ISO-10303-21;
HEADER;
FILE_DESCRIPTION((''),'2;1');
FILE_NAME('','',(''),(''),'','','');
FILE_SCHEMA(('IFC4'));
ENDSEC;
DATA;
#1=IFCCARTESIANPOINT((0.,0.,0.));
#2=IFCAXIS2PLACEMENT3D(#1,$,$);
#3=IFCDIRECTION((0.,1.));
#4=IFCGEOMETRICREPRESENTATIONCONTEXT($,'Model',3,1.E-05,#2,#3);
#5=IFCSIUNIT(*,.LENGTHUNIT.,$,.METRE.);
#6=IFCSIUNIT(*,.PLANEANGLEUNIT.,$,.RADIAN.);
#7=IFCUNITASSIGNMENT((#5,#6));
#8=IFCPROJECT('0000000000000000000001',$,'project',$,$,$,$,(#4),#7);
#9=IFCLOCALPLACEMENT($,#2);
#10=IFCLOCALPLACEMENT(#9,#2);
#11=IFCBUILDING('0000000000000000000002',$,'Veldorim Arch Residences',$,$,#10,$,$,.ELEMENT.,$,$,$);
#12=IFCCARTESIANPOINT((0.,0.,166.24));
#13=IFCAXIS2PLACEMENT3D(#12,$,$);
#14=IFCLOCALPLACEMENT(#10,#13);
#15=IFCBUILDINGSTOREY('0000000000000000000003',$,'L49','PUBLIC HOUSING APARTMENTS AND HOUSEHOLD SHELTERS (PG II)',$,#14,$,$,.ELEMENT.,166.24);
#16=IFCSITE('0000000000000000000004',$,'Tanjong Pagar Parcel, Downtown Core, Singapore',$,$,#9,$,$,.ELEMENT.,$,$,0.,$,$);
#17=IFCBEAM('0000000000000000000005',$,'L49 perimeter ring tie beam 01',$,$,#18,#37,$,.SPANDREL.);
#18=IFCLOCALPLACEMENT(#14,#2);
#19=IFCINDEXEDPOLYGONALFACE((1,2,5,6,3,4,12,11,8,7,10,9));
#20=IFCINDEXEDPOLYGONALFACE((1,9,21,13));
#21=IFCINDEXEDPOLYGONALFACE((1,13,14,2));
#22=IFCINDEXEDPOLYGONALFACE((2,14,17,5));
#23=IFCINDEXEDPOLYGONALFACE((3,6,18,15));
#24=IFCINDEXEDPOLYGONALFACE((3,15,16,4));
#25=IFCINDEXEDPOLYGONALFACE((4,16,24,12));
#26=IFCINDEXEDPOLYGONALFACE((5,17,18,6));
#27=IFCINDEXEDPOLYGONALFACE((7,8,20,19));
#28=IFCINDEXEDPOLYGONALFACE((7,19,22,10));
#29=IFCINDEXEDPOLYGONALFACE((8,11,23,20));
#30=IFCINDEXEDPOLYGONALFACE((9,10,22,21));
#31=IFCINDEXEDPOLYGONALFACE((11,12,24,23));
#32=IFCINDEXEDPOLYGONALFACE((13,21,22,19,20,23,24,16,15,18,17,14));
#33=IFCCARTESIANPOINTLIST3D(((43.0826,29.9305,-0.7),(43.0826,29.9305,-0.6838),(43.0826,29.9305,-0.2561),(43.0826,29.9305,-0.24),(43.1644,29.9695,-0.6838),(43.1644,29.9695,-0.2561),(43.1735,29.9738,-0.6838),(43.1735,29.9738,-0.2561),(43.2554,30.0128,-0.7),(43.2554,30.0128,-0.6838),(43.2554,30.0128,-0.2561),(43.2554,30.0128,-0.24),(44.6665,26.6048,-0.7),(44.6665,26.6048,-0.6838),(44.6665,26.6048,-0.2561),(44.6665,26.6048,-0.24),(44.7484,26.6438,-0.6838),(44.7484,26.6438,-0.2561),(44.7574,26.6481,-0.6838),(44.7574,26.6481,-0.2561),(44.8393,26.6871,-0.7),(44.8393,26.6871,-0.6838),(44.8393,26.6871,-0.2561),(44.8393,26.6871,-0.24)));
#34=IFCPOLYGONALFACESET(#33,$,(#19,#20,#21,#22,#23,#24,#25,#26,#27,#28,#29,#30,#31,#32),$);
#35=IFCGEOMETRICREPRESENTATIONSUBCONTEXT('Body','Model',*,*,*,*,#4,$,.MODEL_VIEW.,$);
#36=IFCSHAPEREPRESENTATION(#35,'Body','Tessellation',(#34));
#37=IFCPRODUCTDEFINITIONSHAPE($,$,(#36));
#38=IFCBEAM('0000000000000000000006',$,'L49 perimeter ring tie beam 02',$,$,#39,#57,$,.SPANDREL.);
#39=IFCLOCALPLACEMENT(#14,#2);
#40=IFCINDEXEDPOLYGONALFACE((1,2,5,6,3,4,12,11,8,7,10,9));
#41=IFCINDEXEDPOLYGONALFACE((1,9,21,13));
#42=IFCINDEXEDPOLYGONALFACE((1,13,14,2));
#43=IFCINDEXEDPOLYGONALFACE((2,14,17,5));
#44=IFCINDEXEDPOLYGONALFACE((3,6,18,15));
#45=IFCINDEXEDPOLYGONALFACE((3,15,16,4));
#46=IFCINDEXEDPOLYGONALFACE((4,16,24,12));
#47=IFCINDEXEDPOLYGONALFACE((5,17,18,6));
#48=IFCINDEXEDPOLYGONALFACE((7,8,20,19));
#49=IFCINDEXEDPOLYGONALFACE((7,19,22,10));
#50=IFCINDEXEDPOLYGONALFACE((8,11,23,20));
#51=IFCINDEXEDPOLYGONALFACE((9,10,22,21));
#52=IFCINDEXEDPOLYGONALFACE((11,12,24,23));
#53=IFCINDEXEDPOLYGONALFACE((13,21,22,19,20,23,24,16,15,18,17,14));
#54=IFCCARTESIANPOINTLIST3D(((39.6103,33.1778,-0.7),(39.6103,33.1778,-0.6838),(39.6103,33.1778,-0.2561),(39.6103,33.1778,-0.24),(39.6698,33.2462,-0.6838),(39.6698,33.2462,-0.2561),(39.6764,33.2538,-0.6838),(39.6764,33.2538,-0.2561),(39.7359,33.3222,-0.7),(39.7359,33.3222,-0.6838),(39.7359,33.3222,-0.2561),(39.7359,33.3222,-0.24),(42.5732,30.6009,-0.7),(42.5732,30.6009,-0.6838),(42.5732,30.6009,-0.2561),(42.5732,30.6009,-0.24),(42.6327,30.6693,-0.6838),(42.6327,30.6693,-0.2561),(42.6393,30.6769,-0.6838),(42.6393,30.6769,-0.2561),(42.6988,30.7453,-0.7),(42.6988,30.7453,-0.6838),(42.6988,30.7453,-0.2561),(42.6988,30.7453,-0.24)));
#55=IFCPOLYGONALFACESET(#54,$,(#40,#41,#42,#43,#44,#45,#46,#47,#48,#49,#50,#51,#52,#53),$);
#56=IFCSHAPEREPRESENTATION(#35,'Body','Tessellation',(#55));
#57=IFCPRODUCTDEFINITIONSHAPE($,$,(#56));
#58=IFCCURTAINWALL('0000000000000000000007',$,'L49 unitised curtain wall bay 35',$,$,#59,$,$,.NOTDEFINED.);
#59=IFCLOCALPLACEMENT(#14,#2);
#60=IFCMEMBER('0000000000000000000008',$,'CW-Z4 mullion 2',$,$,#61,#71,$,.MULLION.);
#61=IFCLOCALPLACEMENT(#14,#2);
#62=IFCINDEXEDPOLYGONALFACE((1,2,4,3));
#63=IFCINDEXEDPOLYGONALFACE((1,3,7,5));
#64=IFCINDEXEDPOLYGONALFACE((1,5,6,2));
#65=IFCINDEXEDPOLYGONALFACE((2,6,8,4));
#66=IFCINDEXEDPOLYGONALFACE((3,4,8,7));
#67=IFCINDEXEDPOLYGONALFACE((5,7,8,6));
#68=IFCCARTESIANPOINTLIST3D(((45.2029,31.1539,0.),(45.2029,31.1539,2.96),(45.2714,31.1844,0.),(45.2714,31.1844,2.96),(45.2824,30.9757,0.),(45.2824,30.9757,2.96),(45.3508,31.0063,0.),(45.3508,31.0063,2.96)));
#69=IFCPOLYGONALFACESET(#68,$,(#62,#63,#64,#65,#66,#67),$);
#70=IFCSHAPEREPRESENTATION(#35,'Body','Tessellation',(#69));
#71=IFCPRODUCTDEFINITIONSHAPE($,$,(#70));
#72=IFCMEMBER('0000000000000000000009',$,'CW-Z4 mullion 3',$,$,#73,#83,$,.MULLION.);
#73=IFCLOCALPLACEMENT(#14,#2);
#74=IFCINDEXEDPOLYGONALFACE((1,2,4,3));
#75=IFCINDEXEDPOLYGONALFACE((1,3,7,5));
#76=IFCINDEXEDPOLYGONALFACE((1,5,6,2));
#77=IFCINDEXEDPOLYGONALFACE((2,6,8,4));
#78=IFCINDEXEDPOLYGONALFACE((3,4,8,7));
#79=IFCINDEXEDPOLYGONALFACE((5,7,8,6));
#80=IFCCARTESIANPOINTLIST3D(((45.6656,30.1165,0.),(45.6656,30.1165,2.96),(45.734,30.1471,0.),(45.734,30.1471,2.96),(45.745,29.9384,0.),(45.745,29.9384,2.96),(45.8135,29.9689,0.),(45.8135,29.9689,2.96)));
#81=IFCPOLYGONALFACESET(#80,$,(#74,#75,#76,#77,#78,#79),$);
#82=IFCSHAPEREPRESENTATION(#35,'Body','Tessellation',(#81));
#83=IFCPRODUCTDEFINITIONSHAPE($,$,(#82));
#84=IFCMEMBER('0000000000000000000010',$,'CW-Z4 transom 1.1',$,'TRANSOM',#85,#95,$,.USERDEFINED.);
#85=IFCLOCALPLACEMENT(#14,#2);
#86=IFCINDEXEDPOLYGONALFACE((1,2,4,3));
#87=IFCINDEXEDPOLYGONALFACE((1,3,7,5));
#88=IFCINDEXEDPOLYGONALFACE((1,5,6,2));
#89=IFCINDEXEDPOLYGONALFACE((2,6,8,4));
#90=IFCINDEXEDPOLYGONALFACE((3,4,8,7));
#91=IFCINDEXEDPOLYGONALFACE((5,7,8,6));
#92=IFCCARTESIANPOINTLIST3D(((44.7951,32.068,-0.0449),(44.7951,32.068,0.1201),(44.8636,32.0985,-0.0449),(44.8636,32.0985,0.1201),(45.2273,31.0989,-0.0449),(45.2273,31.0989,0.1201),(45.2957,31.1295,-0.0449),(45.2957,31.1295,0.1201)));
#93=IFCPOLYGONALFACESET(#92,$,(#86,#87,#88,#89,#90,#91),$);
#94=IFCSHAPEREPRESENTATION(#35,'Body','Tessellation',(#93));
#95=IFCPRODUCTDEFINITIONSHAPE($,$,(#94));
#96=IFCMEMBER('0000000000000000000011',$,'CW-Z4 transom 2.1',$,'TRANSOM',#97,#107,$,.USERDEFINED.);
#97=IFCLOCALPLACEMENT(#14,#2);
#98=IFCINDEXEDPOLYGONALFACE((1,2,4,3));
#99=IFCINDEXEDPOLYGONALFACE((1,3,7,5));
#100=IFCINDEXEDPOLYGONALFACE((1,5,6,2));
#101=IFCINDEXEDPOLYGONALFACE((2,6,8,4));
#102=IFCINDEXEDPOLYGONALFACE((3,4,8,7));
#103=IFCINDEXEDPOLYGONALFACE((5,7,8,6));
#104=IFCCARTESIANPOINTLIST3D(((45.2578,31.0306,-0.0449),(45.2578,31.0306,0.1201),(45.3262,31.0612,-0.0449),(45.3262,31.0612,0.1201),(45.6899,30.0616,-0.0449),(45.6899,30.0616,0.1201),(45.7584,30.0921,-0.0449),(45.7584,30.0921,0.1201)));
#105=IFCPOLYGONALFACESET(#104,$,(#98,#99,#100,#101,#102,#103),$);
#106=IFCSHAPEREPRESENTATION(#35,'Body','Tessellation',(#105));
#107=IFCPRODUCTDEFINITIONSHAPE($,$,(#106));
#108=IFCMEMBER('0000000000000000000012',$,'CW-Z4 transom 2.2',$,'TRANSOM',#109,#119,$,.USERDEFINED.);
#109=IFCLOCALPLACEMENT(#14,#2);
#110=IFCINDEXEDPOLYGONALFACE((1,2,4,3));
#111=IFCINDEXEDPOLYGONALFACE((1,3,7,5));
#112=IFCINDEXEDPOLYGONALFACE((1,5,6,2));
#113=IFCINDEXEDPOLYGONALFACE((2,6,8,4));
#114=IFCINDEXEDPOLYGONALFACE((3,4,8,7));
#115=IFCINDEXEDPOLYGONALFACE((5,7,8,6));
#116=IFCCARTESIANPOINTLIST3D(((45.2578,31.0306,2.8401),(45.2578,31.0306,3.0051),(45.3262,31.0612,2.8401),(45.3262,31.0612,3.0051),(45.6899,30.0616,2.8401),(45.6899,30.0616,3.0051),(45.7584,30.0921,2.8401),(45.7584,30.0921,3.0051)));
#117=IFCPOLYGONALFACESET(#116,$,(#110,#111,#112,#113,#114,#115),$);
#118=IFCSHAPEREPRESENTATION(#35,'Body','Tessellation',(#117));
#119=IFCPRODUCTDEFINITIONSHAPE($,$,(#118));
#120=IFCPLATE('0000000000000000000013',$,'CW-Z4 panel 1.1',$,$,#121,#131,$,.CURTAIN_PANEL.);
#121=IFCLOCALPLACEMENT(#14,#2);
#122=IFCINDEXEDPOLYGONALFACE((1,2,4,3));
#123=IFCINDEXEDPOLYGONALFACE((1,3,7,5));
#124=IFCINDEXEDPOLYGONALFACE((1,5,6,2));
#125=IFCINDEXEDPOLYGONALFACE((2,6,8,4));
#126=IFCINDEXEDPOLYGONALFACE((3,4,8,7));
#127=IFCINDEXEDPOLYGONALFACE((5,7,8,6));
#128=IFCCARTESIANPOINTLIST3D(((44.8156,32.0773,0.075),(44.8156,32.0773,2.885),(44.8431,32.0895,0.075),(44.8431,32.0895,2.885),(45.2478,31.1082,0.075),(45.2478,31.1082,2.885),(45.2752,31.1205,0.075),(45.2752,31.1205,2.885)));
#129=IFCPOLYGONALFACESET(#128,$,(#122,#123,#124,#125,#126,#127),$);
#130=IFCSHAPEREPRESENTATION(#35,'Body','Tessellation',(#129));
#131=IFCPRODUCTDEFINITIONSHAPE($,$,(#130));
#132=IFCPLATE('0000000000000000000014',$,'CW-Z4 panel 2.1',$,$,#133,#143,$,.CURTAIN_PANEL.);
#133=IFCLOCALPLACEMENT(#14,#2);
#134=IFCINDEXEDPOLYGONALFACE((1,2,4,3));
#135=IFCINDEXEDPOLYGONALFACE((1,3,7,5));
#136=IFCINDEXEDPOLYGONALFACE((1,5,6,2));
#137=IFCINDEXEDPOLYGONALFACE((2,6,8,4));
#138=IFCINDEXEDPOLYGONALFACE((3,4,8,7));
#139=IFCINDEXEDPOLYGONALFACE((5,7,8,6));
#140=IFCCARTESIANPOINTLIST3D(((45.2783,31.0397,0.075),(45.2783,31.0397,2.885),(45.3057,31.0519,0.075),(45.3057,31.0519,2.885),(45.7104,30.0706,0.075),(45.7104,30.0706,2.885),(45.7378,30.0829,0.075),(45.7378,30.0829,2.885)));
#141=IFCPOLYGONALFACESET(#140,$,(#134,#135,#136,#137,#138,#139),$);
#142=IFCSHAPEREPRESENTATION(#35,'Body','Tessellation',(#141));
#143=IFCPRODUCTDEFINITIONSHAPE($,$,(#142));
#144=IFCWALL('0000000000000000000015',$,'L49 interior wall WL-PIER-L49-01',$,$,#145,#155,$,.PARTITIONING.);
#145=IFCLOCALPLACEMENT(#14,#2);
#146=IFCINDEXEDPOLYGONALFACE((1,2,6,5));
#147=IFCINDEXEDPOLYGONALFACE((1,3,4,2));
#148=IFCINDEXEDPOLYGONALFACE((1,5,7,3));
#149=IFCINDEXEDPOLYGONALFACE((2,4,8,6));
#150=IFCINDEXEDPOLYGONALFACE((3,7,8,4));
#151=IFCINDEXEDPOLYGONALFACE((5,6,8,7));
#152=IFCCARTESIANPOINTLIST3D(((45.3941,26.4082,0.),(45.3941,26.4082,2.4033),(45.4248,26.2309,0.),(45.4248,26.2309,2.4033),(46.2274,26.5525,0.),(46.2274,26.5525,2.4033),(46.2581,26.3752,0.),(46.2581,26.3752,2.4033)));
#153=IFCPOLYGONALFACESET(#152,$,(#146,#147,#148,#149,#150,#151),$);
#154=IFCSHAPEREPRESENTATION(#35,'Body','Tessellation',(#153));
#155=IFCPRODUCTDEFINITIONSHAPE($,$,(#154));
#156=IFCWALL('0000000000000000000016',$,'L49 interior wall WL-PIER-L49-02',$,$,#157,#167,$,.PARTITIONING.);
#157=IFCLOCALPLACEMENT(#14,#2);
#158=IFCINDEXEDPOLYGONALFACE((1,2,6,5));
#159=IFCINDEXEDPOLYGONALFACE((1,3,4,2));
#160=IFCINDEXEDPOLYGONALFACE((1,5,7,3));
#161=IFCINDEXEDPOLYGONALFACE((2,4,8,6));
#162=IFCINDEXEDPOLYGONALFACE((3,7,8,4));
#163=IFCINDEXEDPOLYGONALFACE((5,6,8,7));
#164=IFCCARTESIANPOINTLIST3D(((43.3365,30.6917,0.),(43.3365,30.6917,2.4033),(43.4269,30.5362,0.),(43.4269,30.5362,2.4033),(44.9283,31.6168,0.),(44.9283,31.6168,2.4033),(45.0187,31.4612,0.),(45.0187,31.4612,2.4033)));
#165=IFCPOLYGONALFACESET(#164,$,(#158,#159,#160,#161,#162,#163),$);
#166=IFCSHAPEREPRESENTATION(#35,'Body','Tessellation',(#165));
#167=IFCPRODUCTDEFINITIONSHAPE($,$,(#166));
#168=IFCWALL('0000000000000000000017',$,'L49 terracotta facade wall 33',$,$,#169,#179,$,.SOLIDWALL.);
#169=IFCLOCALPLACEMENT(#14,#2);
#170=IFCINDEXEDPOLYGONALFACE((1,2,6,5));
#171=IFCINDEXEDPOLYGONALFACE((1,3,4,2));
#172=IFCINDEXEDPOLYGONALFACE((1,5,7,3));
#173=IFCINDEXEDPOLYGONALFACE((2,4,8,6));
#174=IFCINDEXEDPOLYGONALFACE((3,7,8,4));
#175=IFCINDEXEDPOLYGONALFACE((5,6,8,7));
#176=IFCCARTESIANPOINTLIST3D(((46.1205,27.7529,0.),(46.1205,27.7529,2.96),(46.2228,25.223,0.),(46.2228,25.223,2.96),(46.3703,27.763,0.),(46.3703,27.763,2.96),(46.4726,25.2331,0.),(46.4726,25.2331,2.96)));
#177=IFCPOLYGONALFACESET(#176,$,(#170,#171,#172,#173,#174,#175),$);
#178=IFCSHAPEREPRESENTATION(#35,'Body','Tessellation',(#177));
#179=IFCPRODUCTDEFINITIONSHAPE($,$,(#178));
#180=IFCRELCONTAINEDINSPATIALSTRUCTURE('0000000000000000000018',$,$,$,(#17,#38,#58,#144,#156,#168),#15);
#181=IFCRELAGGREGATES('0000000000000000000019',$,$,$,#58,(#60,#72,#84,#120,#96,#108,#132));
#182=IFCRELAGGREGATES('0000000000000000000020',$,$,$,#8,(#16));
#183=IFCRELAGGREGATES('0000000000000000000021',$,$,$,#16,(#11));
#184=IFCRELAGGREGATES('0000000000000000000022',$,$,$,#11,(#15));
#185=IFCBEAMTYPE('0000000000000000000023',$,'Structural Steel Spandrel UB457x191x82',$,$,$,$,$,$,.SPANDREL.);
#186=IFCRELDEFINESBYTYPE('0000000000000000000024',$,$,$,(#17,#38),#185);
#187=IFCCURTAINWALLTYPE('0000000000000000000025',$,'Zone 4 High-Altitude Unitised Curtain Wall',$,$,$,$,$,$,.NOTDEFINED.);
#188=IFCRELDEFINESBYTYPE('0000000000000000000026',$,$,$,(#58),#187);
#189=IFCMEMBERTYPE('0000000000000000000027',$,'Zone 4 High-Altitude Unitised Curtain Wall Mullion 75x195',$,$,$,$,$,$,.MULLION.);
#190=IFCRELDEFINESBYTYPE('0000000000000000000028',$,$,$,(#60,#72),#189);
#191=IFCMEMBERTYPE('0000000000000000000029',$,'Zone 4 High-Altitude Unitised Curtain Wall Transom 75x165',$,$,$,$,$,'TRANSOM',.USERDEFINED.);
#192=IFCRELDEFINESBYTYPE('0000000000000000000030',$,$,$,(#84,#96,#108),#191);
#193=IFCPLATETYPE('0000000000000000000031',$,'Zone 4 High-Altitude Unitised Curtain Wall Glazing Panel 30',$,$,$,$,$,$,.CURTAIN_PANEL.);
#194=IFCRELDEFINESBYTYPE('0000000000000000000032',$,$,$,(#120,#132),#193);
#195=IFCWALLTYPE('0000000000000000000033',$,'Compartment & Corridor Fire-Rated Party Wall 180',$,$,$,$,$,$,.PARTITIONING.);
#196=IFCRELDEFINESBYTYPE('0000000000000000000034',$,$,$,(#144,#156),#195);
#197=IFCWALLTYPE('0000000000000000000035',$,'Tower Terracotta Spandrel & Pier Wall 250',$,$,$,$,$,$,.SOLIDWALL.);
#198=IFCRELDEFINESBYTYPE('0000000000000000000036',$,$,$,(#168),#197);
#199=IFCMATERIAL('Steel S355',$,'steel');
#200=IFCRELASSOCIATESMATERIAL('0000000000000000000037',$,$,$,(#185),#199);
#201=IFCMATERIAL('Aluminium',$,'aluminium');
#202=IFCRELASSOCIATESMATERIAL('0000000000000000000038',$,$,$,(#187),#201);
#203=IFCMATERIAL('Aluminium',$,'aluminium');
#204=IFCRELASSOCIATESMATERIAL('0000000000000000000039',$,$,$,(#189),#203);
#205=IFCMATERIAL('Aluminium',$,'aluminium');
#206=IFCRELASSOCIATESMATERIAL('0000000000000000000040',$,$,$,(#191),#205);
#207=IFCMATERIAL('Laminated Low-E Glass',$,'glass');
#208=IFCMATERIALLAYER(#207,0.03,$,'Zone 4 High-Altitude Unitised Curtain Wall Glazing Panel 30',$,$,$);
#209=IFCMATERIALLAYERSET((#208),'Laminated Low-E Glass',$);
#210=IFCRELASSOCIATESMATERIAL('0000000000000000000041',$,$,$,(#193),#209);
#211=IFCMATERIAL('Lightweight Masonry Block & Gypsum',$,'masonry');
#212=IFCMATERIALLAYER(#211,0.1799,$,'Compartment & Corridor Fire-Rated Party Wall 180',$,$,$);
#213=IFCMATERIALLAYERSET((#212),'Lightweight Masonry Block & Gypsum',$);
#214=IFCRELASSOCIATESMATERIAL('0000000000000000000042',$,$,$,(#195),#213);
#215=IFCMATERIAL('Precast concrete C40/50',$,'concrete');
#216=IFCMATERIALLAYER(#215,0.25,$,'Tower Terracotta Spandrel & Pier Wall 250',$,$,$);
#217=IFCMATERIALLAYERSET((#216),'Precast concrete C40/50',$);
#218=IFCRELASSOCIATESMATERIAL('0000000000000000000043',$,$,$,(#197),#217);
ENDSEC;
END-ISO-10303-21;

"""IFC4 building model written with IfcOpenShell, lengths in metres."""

from ifc_helpers import new_model, si_unit, direction, frame, frame_2d, origin, origin_2d, place, context, subcontext, project, spatial, rectangle, i_section, extrude, material, layer, layer_set, material_profile, profile_set, type_object, element, aggregate, save


model = new_model("IFC4")

# Units and contexts
model_context = context("Model", 3, precision=1e-05, world=origin(), true_north=direction((0.0, 1.0)))
body_context = subcontext(model_context, "Body", "Model", "MODEL_VIEW")
ifc_project = project(units=[si_unit("LENGTHUNIT", "METRE"), si_unit("PLANEANGLEUNIT", "RADIAN")], contexts=[model_context])

# Site, building, storey
site_placement = place(None, origin())
site = spatial("IfcSite", under=ifc_project, at=site_placement, Name="Tanjong Pagar Parcel, Downtown Core, Singapore", CompositionType="ELEMENT", RefElevation=0.0)
building_placement = place(site_placement, origin())
building = spatial("IfcBuilding", under=site, at=building_placement, Name="Veldorim Arch Residences", CompositionType="ELEMENT")
storey_placement = place(building_placement, frame((0.0, 0.0, 166.24)))
storey = spatial("IfcBuildingStorey", under=building, at=storey_placement, Name="L49", Description="PUBLIC HOUSING APARTMENTS AND HOUSEHOLD SHELTERS (PG II)", CompositionType="ELEMENT", Elevation=166.24)

# Beams
ifc_material_1 = material(Name="Steel S355", Category="steel")
ifc_material_profile_1 = material_profile(ifc_material_1, i_section(OverallWidth=0.1914, OverallDepth=0.46, WebThickness=0.01, FlangeThickness=0.0161, at=origin_2d()), Name="UB457x191x82")
ifc_profile_set_1 = profile_set([ifc_material_profile_1], Name="Steel S355")
beam_type_1 = type_object("IfcBeamType", Name="Structural Steel Spandrel UB457x191x82", PredefinedType="SPANDREL", material=ifc_profile_set_1)
beam_1_placement = place(storey_placement, frame((44.7529, 26.646, -0.47), z_axis=(-0.430006, 0.902826, 0.0), x_axis=(-0.902826, -0.430006, 0.0)))
element("IfcBeam", 1, at=beam_1_placement, inside=storey, type_object=beam_type_1, Name="L49 perimeter ring tie beam 01", PredefinedType="SPANDREL", context=body_context, shape_type="SweptSolid", body=[
    extrude(i_section(OverallWidth=0.1914, OverallDepth=0.46, WebThickness=0.01, FlangeThickness=0.0161, at=origin_2d()), origin(), (0.0, 0.0, 1.0), 3.6836),
])
beam_2_placement = place(storey_placement, frame((42.636, 30.6731, -0.47), z_axis=(-0.754545, 0.656248, 0.0), x_axis=(-0.656248, -0.754545, 0.0)))
element("IfcBeam", 2, at=beam_2_placement, inside=storey, type_object=beam_type_1, Name="L49 perimeter ring tie beam 02", PredefinedType="SPANDREL", context=body_context, shape_type="SweptSolid", body=[
    extrude(i_section(OverallWidth=0.1914, OverallDepth=0.46, WebThickness=0.01, FlangeThickness=0.0161, at=origin_2d()), origin(), (0.0, 0.0, 1.0), 3.9268),
])

# Curtain wall, members, plates
ifc_material_2 = material(Name="Aluminium", Category="aluminium")
curtain_wall_type = type_object("IfcCurtainWallType", Name="Zone 4 High-Altitude Unitised Curtain Wall", PredefinedType="NOTDEFINED", material=ifc_material_2)
curtain_wall_placement = place(storey_placement, origin())
curtain_wall = element("IfcCurtainWall", 3, at=curtain_wall_placement, inside=storey, type_object=curtain_wall_type, Name="L49 unitised curtain wall bay 35", PredefinedType="NOTDEFINED")
ifc_material_3 = material(Name="Aluminium", Category="aluminium")
ifc_material_profile_2 = material_profile(ifc_material_3, rectangle(XDim=0.075, YDim=0.1951, at=origin_2d()), Name="ALU_MUL_75x195")
ifc_profile_set_2 = profile_set([ifc_material_profile_2], Name="Aluminium")
member_type_1 = type_object("IfcMemberType", Name="Zone 4 High-Altitude Unitised Curtain Wall Mullion 75x195", PredefinedType="MULLION", material=ifc_profile_set_2)
member_1_placement = place(storey_placement, frame((45.2769, 31.0801, 0.0), z_axis=(0.0, 0.0, 1.0), x_axis=(0.913308, 0.407269, 0.0)))
member_1 = element("IfcMember", 4, at=member_1_placement, type_object=member_type_1, Name="CW-Z4 mullion 2", PredefinedType="MULLION", context=body_context, shape_type="SweptSolid", body=[
    extrude(rectangle(XDim=0.075, YDim=0.1951, at=origin_2d()), origin(), (0.0, 0.0, 1.0), 2.96),
])
member_2_placement = place(storey_placement, frame((45.7395, 30.0427, 0.0), z_axis=(0.0, 0.0, 1.0), x_axis=(0.913308, 0.407269, 0.0)))
member_2 = element("IfcMember", 5, at=member_2_placement, type_object=member_type_1, Name="CW-Z4 mullion 3", PredefinedType="MULLION", context=body_context, shape_type="SweptSolid", body=[
    extrude(rectangle(XDim=0.075, YDim=0.1951, at=origin_2d()), origin(), (0.0, 0.0, 1.0), 2.96),
])
ifc_material_4 = material(Name="Aluminium", Category="aluminium")
ifc_material_profile_3 = material_profile(ifc_material_4, rectangle(XDim=0.075, YDim=0.165, at=origin_2d()), Name="ALU_TRN_75x165")
ifc_profile_set_3 = profile_set([ifc_material_profile_3], Name="Aluminium")
member_type_2 = type_object("IfcMemberType", Name="Zone 4 High-Altitude Unitised Curtain Wall Transom 75x165", ElementType="TRANSOM", PredefinedType="USERDEFINED", material=ifc_profile_set_3)
member_3_placement = place(storey_placement, frame((44.8293, 32.0833, 0.0376), z_axis=(0.407291, -0.913298, 0.0), x_axis=(0.913298, 0.407291, 0.0)))
member_3 = element("IfcMember", 6, at=member_3_placement, type_object=member_type_2, Name="CW-Z4 transom 1.1", ObjectType="TRANSOM", PredefinedType="USERDEFINED", context=body_context, shape_type="SweptSolid", body=[
    extrude(rectangle(XDim=0.075, YDim=0.165, at=origin_2d()), origin(), (0.0, 0.0, 1.0), 1.061),
])
member_4_placement = place(storey_placement, frame((45.292, 31.0459, 0.0376), z_axis=(0.407291, -0.913298, 0.0), x_axis=(0.913298, 0.407291, 0.0)))
member_4 = element("IfcMember", 7, at=member_4_placement, type_object=member_type_2, Name="CW-Z4 transom 2.1", ObjectType="TRANSOM", PredefinedType="USERDEFINED", context=body_context, shape_type="SweptSolid", body=[
    extrude(rectangle(XDim=0.075, YDim=0.165, at=origin_2d()), origin(), (0.0, 0.0, 1.0), 1.061),
])
member_5_placement = place(storey_placement, frame((45.292, 31.0459, 2.9226), z_axis=(0.407291, -0.913298, 0.0), x_axis=(0.913298, 0.407291, 0.0)))
member_5 = element("IfcMember", 8, at=member_5_placement, type_object=member_type_2, Name="CW-Z4 transom 2.2", ObjectType="TRANSOM", PredefinedType="USERDEFINED", context=body_context, shape_type="SweptSolid", body=[
    extrude(rectangle(XDim=0.075, YDim=0.165, at=origin_2d()), origin(), (0.0, 0.0, 1.0), 1.061),
])
ifc_material_5 = material(Name="Laminated Low-E Glass", Category="glass")
ifc_layer_1 = layer(ifc_material_5, 0.03, Name="Zone 4 High-Altitude Unitised Curtain Wall Glazing Panel 30")
ifc_layer_set_1 = layer_set([ifc_layer_1], Name="Laminated Low-E Glass")
plate_type = type_object("IfcPlateType", Name="Zone 4 High-Altitude Unitised Curtain Wall Glazing Panel 30", PredefinedType="CURTAIN_PANEL", material=ifc_layer_set_1)
plate_1_placement = place(storey_placement, frame((45.0454, 31.5989, 0.075), z_axis=(0.0, 0.0, 1.0), x_axis=(0.407269, -0.913308, 0.0)))
plate_1 = element("IfcPlate", 9, at=plate_1_placement, type_object=plate_type, Name="CW-Z4 panel 1.1", PredefinedType="CURTAIN_PANEL", context=body_context, shape_type="SweptSolid", body=[
    extrude(rectangle(XDim=1.061, YDim=0.03, at=origin_2d()), origin(), (0.0, 0.0, 1.0), 2.8101),
])
plate_2_placement = place(storey_placement, frame((45.5081, 30.5613, 0.075), z_axis=(0.0, 0.0, 1.0), x_axis=(0.407269, -0.913308, 0.0)))
plate_2 = element("IfcPlate", 10, at=plate_2_placement, type_object=plate_type, Name="CW-Z4 panel 2.1", PredefinedType="CURTAIN_PANEL", context=body_context, shape_type="SweptSolid", body=[
    extrude(rectangle(XDim=1.061, YDim=0.03, at=origin_2d()), origin(), (0.0, 0.0, 1.0), 2.8101),
])
aggregate(curtain_wall, [member_1, member_2, member_3, plate_1, member_4, member_5, plate_2])

# Walls
ifc_material_6 = material(Name="Lightweight Masonry Block & Gypsum", Category="masonry")
ifc_layer_2 = layer(ifc_material_6, 0.1799, Name="Compartment & Corridor Fire-Rated Party Wall 180")
ifc_layer_set_2 = layer_set([ifc_layer_2], Name="Lightweight Masonry Block & Gypsum")
wall_type_1 = type_object("IfcWallType", Name="Compartment & Corridor Fire-Rated Party Wall 180", PredefinedType="PARTITIONING", material=ifc_layer_set_2)
wall_1_placement = place(storey_placement, frame((45.4094, 26.3196, 0.0), z_axis=(0.0, 0.0, 1.0), x_axis=(0.985337, 0.170622, 0.0)))
element("IfcWall", 11, at=wall_1_placement, inside=storey, type_object=wall_type_1, Name="L49 interior wall WL-PIER-L49-01", PredefinedType="PARTITIONING", context=body_context, shape_type="SweptSolid", body=[
    extrude(rectangle(XDim=0.8457, YDim=0.1799, at=frame_2d((0.4229, 0.0))), origin(), (0.0, 0.0, 1.0), 2.4033),
])
wall_2_placement = place(storey_placement, frame((43.3818, 30.614, 0.0), z_axis=(0.0, 0.0, 1.0), x_axis=(0.864605, 0.502452, 0.0)))
element("IfcWall", 12, at=wall_2_placement, inside=storey, type_object=wall_type_1, Name="L49 interior wall WL-PIER-L49-02", PredefinedType="PARTITIONING", context=body_context, shape_type="SweptSolid", body=[
    extrude(rectangle(XDim=1.8411, YDim=0.1799, at=frame_2d((0.9204, 0.0))), origin(), (0.0, 0.0, 1.0), 2.4033),
])
ifc_material_7 = material(Name="Precast concrete C40/50", Category="concrete")
ifc_layer_3 = layer(ifc_material_7, 0.25, Name="Tower Terracotta Spandrel & Pier Wall 250")
ifc_layer_set_3 = layer_set([ifc_layer_3], Name="Precast concrete C40/50")
wall_type_2 = type_object("IfcWallType", Name="Tower Terracotta Spandrel & Pier Wall 250", PredefinedType="SOLIDWALL", material=ifc_layer_set_3)
wall_3_placement = place(storey_placement, frame((46.2454, 27.7581, 0.0), z_axis=(0.0, 0.0, 1.0), x_axis=(0.040399, -0.999184, 0.0)))
element("IfcWall", 13, at=wall_3_placement, inside=storey, type_object=wall_type_2, Name="L49 terracotta facade wall 33", PredefinedType="SOLIDWALL", context=body_context, shape_type="SweptSolid", body=[
    extrude(rectangle(XDim=2.532, YDim=0.25, at=frame_2d((1.2661, 0.0))), origin(), (0.0, 0.0, 1.0), 2.96),
])

save(model, "model.ifc")
